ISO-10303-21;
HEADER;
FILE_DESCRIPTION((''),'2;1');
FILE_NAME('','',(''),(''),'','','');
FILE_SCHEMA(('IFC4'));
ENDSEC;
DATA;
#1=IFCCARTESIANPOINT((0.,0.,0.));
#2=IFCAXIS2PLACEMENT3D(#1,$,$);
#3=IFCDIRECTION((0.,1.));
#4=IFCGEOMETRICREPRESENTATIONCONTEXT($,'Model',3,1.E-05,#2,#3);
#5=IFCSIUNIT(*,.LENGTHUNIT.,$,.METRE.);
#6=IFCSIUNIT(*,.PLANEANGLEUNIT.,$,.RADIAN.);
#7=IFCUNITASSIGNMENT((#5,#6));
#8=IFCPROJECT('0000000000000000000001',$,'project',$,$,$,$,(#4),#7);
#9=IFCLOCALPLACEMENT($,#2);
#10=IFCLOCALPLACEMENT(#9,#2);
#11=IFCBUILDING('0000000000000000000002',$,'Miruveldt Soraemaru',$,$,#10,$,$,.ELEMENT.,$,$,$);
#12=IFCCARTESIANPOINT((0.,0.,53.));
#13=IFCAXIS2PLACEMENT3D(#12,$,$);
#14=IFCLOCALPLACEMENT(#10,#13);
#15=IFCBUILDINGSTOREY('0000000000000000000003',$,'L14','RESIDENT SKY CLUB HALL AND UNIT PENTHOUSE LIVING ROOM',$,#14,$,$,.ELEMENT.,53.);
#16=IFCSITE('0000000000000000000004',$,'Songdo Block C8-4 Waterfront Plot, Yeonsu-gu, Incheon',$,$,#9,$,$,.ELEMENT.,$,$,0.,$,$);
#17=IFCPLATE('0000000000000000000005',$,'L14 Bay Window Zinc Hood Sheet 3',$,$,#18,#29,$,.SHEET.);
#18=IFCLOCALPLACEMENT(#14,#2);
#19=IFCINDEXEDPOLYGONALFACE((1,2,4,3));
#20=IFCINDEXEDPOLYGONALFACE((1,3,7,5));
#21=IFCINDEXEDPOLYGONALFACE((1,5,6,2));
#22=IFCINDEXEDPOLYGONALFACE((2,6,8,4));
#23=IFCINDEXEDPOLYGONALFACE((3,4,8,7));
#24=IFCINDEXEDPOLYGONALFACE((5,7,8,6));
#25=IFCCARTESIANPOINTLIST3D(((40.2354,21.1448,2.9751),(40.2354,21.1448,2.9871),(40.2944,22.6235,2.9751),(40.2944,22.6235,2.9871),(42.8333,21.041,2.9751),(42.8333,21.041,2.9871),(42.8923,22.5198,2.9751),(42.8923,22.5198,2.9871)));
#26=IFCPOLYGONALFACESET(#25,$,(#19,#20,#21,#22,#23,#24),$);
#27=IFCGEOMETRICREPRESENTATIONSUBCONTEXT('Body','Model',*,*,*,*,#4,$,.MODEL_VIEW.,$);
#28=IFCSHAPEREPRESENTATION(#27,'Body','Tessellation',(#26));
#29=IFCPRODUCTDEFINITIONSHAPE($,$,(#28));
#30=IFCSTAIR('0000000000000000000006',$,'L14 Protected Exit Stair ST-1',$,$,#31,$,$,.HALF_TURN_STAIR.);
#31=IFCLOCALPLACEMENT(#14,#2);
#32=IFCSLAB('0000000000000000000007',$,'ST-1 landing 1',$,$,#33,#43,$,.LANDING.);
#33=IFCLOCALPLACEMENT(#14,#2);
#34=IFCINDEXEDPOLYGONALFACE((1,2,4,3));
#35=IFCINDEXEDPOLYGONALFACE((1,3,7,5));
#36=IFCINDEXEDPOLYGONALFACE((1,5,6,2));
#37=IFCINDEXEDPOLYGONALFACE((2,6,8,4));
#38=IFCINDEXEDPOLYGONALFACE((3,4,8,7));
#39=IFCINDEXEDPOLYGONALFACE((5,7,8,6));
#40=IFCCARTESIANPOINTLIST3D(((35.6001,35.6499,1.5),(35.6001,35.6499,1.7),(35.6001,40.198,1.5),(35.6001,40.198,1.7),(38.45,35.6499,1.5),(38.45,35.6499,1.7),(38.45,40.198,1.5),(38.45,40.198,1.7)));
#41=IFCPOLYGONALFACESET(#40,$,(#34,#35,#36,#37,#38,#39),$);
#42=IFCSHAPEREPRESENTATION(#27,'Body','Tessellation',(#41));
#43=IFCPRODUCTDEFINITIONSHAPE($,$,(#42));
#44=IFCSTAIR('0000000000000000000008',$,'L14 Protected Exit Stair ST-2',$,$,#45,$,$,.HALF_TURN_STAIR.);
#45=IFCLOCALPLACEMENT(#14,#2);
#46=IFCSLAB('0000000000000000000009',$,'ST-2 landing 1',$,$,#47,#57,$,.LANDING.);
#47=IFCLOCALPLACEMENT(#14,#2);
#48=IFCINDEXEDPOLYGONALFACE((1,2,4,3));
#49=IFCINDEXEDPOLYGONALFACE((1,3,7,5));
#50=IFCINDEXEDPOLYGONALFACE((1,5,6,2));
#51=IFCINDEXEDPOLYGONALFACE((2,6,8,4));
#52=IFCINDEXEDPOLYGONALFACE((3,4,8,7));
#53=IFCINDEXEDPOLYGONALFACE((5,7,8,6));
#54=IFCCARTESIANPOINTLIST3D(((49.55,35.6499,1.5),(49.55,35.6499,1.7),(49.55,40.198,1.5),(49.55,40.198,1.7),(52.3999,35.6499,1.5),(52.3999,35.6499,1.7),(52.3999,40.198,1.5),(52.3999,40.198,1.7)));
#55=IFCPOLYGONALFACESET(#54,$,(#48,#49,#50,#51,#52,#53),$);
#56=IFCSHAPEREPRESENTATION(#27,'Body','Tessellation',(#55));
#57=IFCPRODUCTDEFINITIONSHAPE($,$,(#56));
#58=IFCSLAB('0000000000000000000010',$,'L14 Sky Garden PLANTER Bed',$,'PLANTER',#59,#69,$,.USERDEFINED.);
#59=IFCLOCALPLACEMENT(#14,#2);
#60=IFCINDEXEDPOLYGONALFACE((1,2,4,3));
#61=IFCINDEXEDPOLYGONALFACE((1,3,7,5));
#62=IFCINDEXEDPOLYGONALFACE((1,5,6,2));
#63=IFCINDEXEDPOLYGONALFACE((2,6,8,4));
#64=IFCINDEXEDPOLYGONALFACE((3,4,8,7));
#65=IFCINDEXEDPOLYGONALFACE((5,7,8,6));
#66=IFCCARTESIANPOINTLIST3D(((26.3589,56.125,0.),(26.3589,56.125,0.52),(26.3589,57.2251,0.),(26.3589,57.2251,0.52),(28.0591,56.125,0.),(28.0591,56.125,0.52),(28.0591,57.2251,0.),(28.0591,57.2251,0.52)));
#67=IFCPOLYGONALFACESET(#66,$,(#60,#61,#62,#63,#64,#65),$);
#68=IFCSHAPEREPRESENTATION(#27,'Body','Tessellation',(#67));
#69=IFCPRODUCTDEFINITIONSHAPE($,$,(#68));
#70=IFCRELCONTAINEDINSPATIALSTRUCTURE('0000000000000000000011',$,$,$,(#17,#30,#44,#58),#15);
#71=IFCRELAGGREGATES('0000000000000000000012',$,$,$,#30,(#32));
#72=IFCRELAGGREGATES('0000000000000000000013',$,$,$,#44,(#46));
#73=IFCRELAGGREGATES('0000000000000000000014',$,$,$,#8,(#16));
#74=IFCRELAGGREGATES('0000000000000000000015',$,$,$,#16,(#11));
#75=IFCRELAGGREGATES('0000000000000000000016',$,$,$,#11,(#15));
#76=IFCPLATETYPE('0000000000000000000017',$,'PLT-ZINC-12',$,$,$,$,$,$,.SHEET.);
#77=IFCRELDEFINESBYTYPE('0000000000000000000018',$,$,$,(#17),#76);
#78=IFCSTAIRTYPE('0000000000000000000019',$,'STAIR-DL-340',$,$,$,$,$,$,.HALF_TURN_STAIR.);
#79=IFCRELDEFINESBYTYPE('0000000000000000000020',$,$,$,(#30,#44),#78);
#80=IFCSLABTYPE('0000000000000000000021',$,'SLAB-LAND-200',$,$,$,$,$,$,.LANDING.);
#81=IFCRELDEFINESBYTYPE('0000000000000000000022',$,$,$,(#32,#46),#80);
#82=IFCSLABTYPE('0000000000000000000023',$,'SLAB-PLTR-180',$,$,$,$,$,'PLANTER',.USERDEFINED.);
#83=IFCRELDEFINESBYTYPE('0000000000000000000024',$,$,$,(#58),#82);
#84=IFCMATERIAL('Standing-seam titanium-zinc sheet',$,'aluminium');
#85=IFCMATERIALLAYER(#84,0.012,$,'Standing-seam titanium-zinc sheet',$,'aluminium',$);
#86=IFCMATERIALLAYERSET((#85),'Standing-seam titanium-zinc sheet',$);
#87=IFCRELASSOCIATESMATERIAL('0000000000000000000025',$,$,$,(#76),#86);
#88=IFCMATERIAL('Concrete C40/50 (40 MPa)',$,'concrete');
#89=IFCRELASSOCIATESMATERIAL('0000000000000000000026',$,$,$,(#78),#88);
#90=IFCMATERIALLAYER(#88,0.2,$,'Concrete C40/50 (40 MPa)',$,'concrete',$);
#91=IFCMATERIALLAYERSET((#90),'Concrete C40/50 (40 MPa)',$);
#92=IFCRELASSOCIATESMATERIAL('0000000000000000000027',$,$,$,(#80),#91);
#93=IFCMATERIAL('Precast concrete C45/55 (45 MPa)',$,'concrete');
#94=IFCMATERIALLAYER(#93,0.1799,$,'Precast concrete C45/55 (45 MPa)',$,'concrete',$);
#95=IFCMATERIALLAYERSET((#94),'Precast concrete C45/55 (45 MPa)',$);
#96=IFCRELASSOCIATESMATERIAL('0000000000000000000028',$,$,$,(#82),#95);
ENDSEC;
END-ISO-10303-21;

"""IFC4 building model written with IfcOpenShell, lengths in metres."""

from ifc_helpers import new_model, si_unit, direction, frame, origin, place, context, subcontext, project, spatial, polyline, outline, extrude, material, layer, layer_set, type_object, element, aggregate, save


model = new_model("IFC4")

# Units and contexts
model_context = context("Model", 3, precision=1e-05, world=origin(), true_north=direction((0.0, 1.0)))
body_context = subcontext(model_context, "Body", "Model", "MODEL_VIEW")
ifc_project = project(units=[si_unit("LENGTHUNIT", "METRE"), si_unit("PLANEANGLEUNIT", "RADIAN")], contexts=[model_context])

# Site, building, storey
site_placement = place(None, origin())
site = spatial("IfcSite", under=ifc_project, at=site_placement, Name="Songdo Block C8-4 Waterfront Plot, Yeonsu-gu, Incheon", CompositionType="ELEMENT", RefElevation=0.0)
building_placement = place(site_placement, origin())
building = spatial("IfcBuilding", under=site, at=building_placement, Name="Miruveldt Soraemaru", CompositionType="ELEMENT")
storey_placement = place(building_placement, frame((0.0, 0.0, 53.0)))
storey = spatial("IfcBuildingStorey", under=building, at=storey_placement, Name="L14", Description="RESIDENT SKY CLUB HALL AND UNIT PENTHOUSE LIVING ROOM", CompositionType="ELEMENT", Elevation=53.0)

# Plate
ifc_material_1 = material(Name="Standing-seam titanium-zinc sheet", Category="aluminium")
ifc_layer_1 = layer(ifc_material_1, 0.012, Name="Standing-seam titanium-zinc sheet", Category="aluminium")
ifc_layer_set_1 = layer_set([ifc_layer_1], Name="Standing-seam titanium-zinc sheet")
plate_type = type_object("IfcPlateType", Name="PLT-ZINC-12", PredefinedType="SHEET", material=ifc_layer_set_1)
plate_placement = place(storey_placement, frame((0.0, 0.0, 2.9751)))
element("IfcPlate", 1, at=plate_placement, inside=storey, type_object=plate_type, Name="L14 Bay Window Zinc Hood Sheet 3", PredefinedType="SHEET", context=body_context, shape_type="SweptSolid", body=[
    extrude(outline(polyline([(40.2944, 22.6235), (42.8923, 22.5198), (42.8333, 21.041), (40.2354, 21.1448), (40.2944, 22.6235)])), origin(), (0.0, 0.0, 1.0), 0.012),
])

# Stairs, slabs
ifc_material_2 = material(Name="Concrete C40/50 (40 MPa)", Category="concrete")
stair_type = type_object("IfcStairType", Name="STAIR-DL-340", PredefinedType="HALF_TURN_STAIR", material=ifc_material_2)
stair_1_placement = place(storey_placement, origin())
stair_1 = element("IfcStair", 2, at=stair_1_placement, inside=storey, type_object=stair_type, Name="L14 Protected Exit Stair ST-1", PredefinedType="HALF_TURN_STAIR")
ifc_layer_2 = layer(ifc_material_2, 0.2, Name="Concrete C40/50 (40 MPa)", Category="concrete")
ifc_layer_set_2 = layer_set([ifc_layer_2], Name="Concrete C40/50 (40 MPa)")
slab_type_1 = type_object("IfcSlabType", Name="SLAB-LAND-200", PredefinedType="LANDING", material=ifc_layer_set_2)
slab_1_placement = place(storey_placement, frame((0.0, 0.0, 1.5)))
slab_1 = element("IfcSlab", 3, at=slab_1_placement, type_object=slab_type_1, Name="ST-1 landing 1", PredefinedType="LANDING", context=body_context, shape_type="SweptSolid", body=[
    extrude(outline(polyline([(35.6001, 40.198), (35.6001, 35.6499), (38.45, 35.6499), (38.45, 40.198), (35.6001, 40.198)])), origin(), (0.0, 0.0, 1.0), 0.2),
])
aggregate(stair_1, [slab_1])
stair_2_placement = place(storey_placement, origin())
stair_2 = element("IfcStair", 4, at=stair_2_placement, inside=storey, type_object=stair_type, Name="L14 Protected Exit Stair ST-2", PredefinedType="HALF_TURN_STAIR")
slab_2_placement = place(storey_placement, frame((0.0, 0.0, 1.5)))
slab_2 = element("IfcSlab", 5, at=slab_2_placement, type_object=slab_type_1, Name="ST-2 landing 1", PredefinedType="LANDING", context=body_context, shape_type="SweptSolid", body=[
    extrude(outline(polyline([(49.55, 40.198), (49.55, 35.6499), (52.3999, 35.6499), (52.3999, 40.198), (49.55, 40.198)])), origin(), (0.0, 0.0, 1.0), 0.2),
])
aggregate(stair_2, [slab_2])

# Slab
ifc_material_3 = material(Name="Precast concrete C45/55 (45 MPa)", Category="concrete")
ifc_layer_3 = layer(ifc_material_3, 0.1799, Name="Precast concrete C45/55 (45 MPa)", Category="concrete")
ifc_layer_set_3 = layer_set([ifc_layer_3], Name="Precast concrete C45/55 (45 MPa)")
slab_type_2 = type_object("IfcSlabType", Name="SLAB-PLTR-180", ElementType="PLANTER", PredefinedType="USERDEFINED", material=ifc_layer_set_3)
slab_3_placement = place(storey_placement, origin())
element("IfcSlab", 6, at=slab_3_placement, inside=storey, type_object=slab_type_2, Name="L14 Sky Garden PLANTER Bed", ObjectType="PLANTER", PredefinedType="USERDEFINED", context=body_context, shape_type="SweptSolid", body=[
    extrude(outline(polyline([(26.3589, 56.125), (28.0591, 56.125), (28.0591, 57.2251), (26.3589, 57.2251), (26.3589, 56.125)])), origin(), (0.0, 0.0, 1.0), 0.52),
])

save(model, "model.ifc")
